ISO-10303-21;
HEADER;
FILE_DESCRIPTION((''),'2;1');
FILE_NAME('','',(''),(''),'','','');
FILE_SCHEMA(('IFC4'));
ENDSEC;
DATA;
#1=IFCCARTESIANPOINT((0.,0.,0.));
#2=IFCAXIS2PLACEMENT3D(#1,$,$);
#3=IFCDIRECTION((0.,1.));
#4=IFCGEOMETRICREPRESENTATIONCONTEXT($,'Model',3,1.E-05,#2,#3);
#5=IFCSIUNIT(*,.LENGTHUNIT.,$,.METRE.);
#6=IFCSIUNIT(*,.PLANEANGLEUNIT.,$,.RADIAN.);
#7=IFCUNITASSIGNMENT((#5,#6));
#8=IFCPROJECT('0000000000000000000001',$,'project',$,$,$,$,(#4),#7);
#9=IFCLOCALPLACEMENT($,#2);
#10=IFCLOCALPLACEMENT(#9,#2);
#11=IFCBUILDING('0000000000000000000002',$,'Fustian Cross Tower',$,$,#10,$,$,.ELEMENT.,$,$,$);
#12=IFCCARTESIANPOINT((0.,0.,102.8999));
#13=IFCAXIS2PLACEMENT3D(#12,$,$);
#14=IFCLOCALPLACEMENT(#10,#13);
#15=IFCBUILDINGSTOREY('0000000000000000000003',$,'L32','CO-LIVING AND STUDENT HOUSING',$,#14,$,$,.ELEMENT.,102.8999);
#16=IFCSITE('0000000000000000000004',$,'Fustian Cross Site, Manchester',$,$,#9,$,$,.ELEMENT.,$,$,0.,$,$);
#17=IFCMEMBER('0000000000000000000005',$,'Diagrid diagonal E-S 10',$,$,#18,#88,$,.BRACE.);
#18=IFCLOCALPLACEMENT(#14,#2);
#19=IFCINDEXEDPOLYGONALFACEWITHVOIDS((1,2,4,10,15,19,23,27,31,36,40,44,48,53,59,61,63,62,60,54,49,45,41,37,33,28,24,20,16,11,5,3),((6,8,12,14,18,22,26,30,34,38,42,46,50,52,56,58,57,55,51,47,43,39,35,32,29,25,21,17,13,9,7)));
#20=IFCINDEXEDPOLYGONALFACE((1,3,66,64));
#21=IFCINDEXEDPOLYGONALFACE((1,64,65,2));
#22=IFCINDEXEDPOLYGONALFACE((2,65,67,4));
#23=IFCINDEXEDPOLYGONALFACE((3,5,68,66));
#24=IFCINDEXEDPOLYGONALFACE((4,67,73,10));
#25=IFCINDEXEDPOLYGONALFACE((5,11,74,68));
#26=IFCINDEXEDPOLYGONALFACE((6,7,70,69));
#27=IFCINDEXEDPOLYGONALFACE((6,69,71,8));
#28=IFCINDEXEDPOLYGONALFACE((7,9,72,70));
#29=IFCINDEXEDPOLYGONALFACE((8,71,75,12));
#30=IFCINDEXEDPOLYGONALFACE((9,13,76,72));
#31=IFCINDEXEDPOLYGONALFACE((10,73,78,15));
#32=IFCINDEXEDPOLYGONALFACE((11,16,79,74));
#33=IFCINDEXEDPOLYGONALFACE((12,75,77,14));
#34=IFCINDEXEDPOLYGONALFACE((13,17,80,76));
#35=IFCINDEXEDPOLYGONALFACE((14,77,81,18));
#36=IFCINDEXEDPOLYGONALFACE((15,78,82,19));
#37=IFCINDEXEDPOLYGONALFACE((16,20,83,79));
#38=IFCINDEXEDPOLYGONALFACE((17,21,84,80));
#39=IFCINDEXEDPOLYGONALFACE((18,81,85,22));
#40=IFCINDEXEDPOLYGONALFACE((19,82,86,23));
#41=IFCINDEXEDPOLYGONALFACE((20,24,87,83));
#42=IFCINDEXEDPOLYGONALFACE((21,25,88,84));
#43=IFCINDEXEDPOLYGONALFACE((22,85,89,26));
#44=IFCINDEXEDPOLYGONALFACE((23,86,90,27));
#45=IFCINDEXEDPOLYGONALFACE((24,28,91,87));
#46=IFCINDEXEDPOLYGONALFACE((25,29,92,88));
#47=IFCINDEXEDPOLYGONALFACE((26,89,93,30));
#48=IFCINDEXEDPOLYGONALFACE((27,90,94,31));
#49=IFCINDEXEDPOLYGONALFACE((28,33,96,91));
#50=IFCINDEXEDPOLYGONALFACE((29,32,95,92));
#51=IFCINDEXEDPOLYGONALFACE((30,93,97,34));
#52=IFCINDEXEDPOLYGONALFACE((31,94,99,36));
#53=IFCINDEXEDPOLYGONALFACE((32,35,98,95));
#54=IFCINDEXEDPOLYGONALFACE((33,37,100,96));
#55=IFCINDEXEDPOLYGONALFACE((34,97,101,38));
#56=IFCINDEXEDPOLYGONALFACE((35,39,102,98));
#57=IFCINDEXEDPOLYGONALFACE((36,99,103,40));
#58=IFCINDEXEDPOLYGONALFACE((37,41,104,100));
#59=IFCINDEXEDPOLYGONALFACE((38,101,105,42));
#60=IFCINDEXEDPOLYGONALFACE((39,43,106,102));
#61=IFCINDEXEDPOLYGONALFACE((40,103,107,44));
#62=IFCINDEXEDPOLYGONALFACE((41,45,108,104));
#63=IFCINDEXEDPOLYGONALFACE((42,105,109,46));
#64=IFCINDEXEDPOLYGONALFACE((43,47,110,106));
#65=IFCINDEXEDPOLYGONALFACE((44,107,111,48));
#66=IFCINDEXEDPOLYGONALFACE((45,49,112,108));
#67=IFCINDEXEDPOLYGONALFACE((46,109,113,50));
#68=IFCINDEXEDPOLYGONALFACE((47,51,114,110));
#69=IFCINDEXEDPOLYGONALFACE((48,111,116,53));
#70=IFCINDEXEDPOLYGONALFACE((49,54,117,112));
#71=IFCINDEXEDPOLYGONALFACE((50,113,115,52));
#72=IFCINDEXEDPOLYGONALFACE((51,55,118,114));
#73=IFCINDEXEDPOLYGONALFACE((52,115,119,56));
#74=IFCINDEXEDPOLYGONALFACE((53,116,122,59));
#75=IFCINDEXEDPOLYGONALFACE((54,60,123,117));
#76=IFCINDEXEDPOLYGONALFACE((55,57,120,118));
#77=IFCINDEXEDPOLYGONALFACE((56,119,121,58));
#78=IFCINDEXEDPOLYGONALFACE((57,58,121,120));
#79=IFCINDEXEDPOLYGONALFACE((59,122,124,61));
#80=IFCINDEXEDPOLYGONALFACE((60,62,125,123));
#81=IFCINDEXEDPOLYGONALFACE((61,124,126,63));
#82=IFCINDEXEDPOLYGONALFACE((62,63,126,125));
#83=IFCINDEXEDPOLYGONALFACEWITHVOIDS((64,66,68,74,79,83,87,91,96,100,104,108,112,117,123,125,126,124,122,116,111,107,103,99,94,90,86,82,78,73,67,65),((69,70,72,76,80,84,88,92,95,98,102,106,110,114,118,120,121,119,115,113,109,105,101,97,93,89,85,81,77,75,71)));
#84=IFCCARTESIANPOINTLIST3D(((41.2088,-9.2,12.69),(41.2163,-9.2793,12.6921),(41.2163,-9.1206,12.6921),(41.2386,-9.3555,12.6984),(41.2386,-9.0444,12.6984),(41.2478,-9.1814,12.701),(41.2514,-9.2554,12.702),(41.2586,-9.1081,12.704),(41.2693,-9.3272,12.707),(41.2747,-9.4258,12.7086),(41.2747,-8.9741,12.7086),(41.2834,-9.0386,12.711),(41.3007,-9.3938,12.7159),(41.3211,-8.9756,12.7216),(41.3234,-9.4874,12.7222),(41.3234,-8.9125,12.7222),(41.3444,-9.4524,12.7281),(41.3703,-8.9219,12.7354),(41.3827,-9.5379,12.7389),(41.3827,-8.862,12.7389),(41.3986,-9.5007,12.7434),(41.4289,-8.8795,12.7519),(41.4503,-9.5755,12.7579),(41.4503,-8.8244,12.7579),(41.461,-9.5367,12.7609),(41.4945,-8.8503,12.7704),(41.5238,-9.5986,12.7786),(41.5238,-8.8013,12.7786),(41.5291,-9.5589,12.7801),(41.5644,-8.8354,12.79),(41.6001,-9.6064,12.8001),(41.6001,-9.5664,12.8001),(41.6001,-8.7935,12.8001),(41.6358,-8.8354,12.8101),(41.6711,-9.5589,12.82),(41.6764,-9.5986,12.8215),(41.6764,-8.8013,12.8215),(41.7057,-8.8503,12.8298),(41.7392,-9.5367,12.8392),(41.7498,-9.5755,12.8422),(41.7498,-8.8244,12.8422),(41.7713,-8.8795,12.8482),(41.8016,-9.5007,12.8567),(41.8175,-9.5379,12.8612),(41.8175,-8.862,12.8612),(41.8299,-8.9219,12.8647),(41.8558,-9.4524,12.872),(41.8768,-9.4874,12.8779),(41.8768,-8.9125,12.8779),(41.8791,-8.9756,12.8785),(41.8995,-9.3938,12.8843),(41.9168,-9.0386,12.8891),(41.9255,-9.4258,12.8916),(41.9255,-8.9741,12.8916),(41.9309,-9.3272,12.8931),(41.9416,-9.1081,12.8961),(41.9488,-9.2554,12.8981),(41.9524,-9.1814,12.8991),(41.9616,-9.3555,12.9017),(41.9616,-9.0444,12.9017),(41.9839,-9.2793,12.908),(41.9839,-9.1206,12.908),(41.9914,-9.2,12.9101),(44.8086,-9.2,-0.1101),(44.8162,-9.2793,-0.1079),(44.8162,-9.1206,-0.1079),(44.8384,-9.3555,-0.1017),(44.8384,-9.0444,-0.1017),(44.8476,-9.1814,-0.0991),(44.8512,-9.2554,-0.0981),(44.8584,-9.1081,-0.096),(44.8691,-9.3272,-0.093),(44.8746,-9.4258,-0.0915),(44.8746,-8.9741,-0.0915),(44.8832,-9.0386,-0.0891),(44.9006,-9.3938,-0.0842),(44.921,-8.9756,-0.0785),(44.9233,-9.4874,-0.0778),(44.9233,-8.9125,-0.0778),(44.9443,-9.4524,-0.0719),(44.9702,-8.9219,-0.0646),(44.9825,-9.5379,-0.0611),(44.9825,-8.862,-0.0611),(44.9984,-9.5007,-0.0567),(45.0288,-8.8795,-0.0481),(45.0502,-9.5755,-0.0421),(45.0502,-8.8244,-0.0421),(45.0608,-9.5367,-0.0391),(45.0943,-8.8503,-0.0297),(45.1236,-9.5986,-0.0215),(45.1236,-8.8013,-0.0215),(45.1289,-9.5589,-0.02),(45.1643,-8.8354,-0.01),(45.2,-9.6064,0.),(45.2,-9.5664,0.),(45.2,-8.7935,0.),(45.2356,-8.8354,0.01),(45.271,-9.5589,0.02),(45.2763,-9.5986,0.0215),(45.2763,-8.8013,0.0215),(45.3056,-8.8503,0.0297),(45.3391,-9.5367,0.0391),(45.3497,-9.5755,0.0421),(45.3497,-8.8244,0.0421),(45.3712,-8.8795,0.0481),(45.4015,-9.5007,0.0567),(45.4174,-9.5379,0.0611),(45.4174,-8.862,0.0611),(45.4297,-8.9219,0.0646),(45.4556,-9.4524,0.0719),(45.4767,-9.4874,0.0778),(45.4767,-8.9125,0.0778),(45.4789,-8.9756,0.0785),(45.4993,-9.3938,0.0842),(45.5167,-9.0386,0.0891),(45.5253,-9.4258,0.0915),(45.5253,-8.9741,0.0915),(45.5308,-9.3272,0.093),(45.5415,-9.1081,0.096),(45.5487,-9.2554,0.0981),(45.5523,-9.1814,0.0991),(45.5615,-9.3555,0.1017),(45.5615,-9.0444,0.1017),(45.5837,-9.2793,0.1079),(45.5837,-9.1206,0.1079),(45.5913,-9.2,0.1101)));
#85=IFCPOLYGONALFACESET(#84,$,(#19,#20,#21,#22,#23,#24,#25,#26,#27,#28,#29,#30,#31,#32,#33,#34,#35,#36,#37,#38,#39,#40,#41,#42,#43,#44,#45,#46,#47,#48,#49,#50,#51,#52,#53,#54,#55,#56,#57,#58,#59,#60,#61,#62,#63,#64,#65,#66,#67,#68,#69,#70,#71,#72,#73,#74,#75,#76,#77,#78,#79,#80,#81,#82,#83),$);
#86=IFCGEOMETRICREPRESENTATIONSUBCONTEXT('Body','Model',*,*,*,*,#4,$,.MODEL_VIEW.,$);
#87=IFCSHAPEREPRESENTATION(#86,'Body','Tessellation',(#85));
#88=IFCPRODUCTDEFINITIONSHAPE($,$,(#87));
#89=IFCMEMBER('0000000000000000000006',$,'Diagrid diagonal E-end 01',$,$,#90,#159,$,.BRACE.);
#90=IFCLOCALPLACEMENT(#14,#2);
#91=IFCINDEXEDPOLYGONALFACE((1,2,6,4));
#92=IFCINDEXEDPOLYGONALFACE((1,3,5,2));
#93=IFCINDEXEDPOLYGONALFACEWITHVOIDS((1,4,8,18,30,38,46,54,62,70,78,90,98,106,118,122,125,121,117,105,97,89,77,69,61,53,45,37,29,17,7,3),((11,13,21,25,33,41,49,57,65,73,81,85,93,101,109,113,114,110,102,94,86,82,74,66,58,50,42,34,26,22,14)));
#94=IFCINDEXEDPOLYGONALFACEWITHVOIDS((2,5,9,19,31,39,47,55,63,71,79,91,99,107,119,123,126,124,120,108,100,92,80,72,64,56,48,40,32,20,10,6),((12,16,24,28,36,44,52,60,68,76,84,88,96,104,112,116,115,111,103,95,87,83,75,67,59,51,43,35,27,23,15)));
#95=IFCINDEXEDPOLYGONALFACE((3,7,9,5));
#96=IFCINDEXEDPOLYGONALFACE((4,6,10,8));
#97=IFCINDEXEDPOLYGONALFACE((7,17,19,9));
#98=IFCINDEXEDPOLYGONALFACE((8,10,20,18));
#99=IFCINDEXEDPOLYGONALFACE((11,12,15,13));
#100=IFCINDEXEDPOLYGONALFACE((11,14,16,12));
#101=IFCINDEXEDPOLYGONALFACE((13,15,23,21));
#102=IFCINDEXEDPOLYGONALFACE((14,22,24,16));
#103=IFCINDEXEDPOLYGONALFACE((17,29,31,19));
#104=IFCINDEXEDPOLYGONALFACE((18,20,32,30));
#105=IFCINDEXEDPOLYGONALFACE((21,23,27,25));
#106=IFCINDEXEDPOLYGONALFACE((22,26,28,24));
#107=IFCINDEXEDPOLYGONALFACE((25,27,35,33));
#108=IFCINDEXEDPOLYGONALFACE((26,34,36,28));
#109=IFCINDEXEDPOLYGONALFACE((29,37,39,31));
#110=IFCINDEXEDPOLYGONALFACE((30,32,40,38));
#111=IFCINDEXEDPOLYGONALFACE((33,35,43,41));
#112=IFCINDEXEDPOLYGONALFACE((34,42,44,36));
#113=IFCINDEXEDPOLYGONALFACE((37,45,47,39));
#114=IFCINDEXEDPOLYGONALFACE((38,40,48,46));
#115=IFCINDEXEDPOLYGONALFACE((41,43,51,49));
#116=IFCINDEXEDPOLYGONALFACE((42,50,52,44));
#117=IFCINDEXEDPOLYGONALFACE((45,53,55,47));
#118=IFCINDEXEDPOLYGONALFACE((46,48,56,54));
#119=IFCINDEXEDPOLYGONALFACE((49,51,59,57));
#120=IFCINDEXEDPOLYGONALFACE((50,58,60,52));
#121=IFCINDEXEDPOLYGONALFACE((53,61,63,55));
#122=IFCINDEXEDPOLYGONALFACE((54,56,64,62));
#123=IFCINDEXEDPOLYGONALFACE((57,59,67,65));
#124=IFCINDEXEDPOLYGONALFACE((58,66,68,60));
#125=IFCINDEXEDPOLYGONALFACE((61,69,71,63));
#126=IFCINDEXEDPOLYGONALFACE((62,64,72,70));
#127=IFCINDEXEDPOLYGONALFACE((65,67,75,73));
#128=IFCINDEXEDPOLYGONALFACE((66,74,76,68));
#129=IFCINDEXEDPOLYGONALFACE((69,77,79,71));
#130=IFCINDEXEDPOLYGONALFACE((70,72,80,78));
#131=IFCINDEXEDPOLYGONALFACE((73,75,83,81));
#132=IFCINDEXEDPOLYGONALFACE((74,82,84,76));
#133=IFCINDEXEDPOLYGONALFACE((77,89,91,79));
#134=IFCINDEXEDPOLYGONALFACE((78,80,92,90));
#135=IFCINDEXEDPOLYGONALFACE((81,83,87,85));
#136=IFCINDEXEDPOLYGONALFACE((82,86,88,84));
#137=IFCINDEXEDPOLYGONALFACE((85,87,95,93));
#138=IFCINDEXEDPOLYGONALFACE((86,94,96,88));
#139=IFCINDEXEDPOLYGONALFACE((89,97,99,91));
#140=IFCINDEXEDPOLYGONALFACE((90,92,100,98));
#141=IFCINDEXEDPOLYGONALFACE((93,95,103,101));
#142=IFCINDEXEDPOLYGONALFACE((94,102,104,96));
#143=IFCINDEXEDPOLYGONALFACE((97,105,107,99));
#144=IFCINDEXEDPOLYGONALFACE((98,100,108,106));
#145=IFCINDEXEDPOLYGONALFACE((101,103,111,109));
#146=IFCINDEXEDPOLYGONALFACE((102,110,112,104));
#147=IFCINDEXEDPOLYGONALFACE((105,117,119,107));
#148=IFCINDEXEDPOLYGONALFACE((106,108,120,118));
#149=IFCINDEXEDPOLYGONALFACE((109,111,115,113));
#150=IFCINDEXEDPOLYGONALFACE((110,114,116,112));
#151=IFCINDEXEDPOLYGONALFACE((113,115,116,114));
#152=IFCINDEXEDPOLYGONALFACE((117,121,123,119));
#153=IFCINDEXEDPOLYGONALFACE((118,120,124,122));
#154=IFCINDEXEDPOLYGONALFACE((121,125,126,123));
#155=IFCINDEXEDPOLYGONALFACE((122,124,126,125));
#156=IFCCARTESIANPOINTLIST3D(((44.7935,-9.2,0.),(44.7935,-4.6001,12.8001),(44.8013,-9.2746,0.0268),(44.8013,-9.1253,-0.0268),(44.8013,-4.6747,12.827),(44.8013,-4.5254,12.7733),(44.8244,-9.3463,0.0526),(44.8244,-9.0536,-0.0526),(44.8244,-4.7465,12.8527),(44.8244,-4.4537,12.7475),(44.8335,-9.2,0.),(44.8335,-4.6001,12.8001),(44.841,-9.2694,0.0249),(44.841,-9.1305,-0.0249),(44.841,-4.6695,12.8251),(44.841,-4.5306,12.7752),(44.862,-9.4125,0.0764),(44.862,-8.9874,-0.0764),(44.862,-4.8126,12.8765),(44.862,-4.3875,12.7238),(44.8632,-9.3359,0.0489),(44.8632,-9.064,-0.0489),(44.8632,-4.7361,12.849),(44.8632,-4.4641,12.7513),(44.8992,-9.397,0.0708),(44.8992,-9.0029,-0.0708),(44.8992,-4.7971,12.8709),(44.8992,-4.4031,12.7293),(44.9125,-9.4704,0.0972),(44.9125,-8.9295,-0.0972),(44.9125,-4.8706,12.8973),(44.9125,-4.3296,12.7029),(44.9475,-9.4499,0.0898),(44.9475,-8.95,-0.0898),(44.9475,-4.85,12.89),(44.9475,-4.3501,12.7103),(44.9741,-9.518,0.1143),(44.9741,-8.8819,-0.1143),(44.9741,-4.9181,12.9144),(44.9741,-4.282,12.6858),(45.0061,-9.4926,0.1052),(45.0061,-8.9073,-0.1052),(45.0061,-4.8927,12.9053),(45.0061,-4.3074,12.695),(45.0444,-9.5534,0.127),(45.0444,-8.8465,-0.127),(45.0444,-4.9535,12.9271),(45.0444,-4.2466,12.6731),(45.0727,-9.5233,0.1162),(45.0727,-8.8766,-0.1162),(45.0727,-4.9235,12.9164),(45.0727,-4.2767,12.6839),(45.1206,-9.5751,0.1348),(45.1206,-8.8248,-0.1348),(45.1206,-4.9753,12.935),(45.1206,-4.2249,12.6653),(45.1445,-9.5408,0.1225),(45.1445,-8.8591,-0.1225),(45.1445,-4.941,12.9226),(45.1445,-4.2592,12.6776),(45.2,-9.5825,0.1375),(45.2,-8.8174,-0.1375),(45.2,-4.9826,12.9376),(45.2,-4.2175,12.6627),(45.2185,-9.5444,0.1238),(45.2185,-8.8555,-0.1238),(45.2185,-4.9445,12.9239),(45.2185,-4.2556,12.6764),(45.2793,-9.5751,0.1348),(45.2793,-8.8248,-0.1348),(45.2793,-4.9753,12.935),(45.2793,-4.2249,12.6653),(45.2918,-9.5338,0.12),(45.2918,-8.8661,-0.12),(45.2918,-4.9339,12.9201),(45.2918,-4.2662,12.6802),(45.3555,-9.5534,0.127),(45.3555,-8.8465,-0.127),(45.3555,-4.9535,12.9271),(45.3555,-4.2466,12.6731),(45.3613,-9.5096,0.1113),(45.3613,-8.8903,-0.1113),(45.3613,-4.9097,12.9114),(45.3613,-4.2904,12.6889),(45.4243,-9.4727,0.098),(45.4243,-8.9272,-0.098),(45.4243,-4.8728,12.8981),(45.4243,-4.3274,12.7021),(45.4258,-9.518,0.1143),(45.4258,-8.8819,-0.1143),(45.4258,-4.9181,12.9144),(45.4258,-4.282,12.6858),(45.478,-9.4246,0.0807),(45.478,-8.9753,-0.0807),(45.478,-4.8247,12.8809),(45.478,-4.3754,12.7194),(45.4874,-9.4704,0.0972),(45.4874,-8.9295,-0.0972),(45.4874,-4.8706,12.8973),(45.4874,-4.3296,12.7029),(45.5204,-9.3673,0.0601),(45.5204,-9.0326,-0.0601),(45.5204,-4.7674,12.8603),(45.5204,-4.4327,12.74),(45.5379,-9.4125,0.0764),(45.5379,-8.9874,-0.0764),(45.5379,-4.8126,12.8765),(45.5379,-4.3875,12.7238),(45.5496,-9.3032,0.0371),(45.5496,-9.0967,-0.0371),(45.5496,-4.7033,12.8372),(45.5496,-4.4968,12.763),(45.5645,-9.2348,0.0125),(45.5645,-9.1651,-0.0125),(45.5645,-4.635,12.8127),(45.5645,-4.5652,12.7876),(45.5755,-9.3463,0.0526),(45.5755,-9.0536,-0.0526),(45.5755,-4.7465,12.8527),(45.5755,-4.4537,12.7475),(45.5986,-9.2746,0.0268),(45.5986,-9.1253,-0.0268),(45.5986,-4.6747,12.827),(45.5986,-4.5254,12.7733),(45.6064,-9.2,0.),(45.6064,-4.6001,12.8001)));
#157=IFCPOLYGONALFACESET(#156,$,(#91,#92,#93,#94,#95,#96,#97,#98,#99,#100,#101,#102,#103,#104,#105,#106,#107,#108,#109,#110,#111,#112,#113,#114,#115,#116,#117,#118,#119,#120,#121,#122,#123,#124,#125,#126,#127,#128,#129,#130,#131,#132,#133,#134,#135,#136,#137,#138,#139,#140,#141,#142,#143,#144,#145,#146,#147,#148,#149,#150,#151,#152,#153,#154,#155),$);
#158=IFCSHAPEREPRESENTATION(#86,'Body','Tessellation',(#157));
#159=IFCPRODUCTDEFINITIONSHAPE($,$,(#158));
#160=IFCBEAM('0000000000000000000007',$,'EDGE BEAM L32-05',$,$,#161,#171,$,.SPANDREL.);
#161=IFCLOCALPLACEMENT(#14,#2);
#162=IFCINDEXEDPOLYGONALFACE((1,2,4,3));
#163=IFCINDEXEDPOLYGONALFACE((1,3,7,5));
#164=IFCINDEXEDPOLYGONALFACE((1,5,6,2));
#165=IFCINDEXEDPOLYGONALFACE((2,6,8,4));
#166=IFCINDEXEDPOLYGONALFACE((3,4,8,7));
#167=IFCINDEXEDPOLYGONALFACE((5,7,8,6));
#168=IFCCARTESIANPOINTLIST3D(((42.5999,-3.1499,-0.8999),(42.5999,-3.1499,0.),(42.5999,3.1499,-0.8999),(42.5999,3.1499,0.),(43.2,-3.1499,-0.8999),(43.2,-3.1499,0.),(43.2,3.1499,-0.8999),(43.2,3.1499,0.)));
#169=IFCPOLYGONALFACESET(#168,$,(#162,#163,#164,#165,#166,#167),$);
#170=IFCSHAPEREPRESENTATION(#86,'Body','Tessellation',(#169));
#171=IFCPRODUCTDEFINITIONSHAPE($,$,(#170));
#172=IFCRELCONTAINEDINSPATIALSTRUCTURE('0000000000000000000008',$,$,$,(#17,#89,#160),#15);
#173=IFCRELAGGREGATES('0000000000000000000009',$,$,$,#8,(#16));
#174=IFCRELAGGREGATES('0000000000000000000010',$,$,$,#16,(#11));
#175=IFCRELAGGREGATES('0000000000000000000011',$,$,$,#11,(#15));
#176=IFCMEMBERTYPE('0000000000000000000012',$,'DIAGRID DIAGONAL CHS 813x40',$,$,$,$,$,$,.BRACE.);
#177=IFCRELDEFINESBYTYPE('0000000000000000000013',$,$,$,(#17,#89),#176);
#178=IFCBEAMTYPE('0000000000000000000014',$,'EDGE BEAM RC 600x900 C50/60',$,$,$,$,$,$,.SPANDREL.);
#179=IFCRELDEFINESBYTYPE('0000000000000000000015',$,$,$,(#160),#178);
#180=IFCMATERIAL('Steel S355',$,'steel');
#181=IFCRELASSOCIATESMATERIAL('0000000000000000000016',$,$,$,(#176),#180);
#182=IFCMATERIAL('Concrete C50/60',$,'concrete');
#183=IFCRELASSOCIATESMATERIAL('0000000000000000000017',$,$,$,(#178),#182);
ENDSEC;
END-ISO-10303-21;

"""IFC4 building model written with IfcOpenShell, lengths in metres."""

from ifc_helpers import new_model, si_unit, direction, frame, origin, origin_2d, place, context, subcontext, project, spatial, rectangle, hollow_circle, extrude, material, material_profile, profile_set, type_object, element, save


model = new_model("IFC4")

# Units and contexts
model_context = context("Model", 3, precision=1e-05, world=origin(), true_north=direction((0.0, 1.0)))
body_context = subcontext(model_context, "Body", "Model", "MODEL_VIEW")
ifc_project = project(units=[si_unit("LENGTHUNIT", "METRE"), si_unit("PLANEANGLEUNIT", "RADIAN")], contexts=[model_context])

# Site, building, storey
site_placement = place(None, origin())
site = spatial("IfcSite", under=ifc_project, at=site_placement, Name="Fustian Cross Site, Manchester", CompositionType="ELEMENT", RefElevation=0.0)
building_placement = place(site_placement, origin())
building = spatial("IfcBuilding", under=site, at=building_placement, Name="Fustian Cross Tower", CompositionType="ELEMENT")
storey_placement = place(building_placement, frame((0.0, 0.0, 102.8999)))
storey = spatial("IfcBuildingStorey", under=building, at=storey_placement, Name="L32", Description="CO-LIVING AND STUDENT HOUSING", CompositionType="ELEMENT", Elevation=102.8999)

# Members
ifc_material_1 = material(Name="Steel S355", Category="steel")
ifc_material_profile_1 = material_profile(ifc_material_1, hollow_circle(Radius=0.4065, WallThickness=0.04, at=origin_2d()), Name="CHS 813x40")
ifc_profile_set_1 = profile_set([ifc_material_profile_1], Name="Steel S355")
member_type_1 = type_object("IfcMemberType", Name="DIAGRID DIAGONAL CHS 813x40", PredefinedType="BRACE", material=ifc_profile_set_1)
member_1_placement = place(storey_placement, frame((45.2, -9.2, 0.0), z_axis=(-0.270734, 0.0, 0.962654), x_axis=(0.0, -1.0, 0.0)))
element("IfcMember", 1, at=member_1_placement, inside=storey, type_object=member_type_1, Name="Diagrid diagonal E-S 10", PredefinedType="BRACE", context=body_context, shape_type="SweptSolid", body=[
    extrude(hollow_circle(Radius=0.4065, WallThickness=0.04, at=origin_2d()), origin(), (0.0, 0.0, 1.0), 13.2966),
])
member_2_placement = place(storey_placement, frame((45.2, -9.2, 0.0), z_axis=(0.0, 0.338188, 0.941079), x_axis=(-1.0, 0.0, 0.0)))
element("IfcMember", 2, at=member_2_placement, inside=storey, type_object=member_type_1, Name="Diagrid diagonal E-end 01", PredefinedType="BRACE", context=body_context, shape_type="SweptSolid", body=[
    extrude(hollow_circle(Radius=0.4065, WallThickness=0.04, at=origin_2d()), origin(), (0.0, 0.0, 1.0), 13.6016),
])

# Beam
ifc_material_2 = material(Name="Concrete C50/60", Category="concrete")
ifc_material_profile_2 = material_profile(ifc_material_2, rectangle(XDim=0.6001, YDim=0.8999, at=origin_2d()), Name="RC 600x900")
ifc_profile_set_2 = profile_set([ifc_material_profile_2], Name="Concrete C50/60")
beam_type = type_object("IfcBeamType", Name="EDGE BEAM RC 600x900 C50/60", PredefinedType="SPANDREL", material=ifc_profile_set_2)
beam_placement = place(storey_placement, frame((42.8999, -3.1499, -0.45), z_axis=(0.0, 1.0, 0.0), x_axis=(-1.0, 0.0, 0.0)))
element("IfcBeam", 3, at=beam_placement, inside=storey, type_object=beam_type, Name="EDGE BEAM L32-05", PredefinedType="SPANDREL", context=body_context, shape_type="SweptSolid", body=[
    extrude(rectangle(XDim=0.6001, YDim=0.8999, at=origin_2d()), origin(), (0.0, 0.0, 1.0), 6.2998),
])

save(model, "model.ifc")
